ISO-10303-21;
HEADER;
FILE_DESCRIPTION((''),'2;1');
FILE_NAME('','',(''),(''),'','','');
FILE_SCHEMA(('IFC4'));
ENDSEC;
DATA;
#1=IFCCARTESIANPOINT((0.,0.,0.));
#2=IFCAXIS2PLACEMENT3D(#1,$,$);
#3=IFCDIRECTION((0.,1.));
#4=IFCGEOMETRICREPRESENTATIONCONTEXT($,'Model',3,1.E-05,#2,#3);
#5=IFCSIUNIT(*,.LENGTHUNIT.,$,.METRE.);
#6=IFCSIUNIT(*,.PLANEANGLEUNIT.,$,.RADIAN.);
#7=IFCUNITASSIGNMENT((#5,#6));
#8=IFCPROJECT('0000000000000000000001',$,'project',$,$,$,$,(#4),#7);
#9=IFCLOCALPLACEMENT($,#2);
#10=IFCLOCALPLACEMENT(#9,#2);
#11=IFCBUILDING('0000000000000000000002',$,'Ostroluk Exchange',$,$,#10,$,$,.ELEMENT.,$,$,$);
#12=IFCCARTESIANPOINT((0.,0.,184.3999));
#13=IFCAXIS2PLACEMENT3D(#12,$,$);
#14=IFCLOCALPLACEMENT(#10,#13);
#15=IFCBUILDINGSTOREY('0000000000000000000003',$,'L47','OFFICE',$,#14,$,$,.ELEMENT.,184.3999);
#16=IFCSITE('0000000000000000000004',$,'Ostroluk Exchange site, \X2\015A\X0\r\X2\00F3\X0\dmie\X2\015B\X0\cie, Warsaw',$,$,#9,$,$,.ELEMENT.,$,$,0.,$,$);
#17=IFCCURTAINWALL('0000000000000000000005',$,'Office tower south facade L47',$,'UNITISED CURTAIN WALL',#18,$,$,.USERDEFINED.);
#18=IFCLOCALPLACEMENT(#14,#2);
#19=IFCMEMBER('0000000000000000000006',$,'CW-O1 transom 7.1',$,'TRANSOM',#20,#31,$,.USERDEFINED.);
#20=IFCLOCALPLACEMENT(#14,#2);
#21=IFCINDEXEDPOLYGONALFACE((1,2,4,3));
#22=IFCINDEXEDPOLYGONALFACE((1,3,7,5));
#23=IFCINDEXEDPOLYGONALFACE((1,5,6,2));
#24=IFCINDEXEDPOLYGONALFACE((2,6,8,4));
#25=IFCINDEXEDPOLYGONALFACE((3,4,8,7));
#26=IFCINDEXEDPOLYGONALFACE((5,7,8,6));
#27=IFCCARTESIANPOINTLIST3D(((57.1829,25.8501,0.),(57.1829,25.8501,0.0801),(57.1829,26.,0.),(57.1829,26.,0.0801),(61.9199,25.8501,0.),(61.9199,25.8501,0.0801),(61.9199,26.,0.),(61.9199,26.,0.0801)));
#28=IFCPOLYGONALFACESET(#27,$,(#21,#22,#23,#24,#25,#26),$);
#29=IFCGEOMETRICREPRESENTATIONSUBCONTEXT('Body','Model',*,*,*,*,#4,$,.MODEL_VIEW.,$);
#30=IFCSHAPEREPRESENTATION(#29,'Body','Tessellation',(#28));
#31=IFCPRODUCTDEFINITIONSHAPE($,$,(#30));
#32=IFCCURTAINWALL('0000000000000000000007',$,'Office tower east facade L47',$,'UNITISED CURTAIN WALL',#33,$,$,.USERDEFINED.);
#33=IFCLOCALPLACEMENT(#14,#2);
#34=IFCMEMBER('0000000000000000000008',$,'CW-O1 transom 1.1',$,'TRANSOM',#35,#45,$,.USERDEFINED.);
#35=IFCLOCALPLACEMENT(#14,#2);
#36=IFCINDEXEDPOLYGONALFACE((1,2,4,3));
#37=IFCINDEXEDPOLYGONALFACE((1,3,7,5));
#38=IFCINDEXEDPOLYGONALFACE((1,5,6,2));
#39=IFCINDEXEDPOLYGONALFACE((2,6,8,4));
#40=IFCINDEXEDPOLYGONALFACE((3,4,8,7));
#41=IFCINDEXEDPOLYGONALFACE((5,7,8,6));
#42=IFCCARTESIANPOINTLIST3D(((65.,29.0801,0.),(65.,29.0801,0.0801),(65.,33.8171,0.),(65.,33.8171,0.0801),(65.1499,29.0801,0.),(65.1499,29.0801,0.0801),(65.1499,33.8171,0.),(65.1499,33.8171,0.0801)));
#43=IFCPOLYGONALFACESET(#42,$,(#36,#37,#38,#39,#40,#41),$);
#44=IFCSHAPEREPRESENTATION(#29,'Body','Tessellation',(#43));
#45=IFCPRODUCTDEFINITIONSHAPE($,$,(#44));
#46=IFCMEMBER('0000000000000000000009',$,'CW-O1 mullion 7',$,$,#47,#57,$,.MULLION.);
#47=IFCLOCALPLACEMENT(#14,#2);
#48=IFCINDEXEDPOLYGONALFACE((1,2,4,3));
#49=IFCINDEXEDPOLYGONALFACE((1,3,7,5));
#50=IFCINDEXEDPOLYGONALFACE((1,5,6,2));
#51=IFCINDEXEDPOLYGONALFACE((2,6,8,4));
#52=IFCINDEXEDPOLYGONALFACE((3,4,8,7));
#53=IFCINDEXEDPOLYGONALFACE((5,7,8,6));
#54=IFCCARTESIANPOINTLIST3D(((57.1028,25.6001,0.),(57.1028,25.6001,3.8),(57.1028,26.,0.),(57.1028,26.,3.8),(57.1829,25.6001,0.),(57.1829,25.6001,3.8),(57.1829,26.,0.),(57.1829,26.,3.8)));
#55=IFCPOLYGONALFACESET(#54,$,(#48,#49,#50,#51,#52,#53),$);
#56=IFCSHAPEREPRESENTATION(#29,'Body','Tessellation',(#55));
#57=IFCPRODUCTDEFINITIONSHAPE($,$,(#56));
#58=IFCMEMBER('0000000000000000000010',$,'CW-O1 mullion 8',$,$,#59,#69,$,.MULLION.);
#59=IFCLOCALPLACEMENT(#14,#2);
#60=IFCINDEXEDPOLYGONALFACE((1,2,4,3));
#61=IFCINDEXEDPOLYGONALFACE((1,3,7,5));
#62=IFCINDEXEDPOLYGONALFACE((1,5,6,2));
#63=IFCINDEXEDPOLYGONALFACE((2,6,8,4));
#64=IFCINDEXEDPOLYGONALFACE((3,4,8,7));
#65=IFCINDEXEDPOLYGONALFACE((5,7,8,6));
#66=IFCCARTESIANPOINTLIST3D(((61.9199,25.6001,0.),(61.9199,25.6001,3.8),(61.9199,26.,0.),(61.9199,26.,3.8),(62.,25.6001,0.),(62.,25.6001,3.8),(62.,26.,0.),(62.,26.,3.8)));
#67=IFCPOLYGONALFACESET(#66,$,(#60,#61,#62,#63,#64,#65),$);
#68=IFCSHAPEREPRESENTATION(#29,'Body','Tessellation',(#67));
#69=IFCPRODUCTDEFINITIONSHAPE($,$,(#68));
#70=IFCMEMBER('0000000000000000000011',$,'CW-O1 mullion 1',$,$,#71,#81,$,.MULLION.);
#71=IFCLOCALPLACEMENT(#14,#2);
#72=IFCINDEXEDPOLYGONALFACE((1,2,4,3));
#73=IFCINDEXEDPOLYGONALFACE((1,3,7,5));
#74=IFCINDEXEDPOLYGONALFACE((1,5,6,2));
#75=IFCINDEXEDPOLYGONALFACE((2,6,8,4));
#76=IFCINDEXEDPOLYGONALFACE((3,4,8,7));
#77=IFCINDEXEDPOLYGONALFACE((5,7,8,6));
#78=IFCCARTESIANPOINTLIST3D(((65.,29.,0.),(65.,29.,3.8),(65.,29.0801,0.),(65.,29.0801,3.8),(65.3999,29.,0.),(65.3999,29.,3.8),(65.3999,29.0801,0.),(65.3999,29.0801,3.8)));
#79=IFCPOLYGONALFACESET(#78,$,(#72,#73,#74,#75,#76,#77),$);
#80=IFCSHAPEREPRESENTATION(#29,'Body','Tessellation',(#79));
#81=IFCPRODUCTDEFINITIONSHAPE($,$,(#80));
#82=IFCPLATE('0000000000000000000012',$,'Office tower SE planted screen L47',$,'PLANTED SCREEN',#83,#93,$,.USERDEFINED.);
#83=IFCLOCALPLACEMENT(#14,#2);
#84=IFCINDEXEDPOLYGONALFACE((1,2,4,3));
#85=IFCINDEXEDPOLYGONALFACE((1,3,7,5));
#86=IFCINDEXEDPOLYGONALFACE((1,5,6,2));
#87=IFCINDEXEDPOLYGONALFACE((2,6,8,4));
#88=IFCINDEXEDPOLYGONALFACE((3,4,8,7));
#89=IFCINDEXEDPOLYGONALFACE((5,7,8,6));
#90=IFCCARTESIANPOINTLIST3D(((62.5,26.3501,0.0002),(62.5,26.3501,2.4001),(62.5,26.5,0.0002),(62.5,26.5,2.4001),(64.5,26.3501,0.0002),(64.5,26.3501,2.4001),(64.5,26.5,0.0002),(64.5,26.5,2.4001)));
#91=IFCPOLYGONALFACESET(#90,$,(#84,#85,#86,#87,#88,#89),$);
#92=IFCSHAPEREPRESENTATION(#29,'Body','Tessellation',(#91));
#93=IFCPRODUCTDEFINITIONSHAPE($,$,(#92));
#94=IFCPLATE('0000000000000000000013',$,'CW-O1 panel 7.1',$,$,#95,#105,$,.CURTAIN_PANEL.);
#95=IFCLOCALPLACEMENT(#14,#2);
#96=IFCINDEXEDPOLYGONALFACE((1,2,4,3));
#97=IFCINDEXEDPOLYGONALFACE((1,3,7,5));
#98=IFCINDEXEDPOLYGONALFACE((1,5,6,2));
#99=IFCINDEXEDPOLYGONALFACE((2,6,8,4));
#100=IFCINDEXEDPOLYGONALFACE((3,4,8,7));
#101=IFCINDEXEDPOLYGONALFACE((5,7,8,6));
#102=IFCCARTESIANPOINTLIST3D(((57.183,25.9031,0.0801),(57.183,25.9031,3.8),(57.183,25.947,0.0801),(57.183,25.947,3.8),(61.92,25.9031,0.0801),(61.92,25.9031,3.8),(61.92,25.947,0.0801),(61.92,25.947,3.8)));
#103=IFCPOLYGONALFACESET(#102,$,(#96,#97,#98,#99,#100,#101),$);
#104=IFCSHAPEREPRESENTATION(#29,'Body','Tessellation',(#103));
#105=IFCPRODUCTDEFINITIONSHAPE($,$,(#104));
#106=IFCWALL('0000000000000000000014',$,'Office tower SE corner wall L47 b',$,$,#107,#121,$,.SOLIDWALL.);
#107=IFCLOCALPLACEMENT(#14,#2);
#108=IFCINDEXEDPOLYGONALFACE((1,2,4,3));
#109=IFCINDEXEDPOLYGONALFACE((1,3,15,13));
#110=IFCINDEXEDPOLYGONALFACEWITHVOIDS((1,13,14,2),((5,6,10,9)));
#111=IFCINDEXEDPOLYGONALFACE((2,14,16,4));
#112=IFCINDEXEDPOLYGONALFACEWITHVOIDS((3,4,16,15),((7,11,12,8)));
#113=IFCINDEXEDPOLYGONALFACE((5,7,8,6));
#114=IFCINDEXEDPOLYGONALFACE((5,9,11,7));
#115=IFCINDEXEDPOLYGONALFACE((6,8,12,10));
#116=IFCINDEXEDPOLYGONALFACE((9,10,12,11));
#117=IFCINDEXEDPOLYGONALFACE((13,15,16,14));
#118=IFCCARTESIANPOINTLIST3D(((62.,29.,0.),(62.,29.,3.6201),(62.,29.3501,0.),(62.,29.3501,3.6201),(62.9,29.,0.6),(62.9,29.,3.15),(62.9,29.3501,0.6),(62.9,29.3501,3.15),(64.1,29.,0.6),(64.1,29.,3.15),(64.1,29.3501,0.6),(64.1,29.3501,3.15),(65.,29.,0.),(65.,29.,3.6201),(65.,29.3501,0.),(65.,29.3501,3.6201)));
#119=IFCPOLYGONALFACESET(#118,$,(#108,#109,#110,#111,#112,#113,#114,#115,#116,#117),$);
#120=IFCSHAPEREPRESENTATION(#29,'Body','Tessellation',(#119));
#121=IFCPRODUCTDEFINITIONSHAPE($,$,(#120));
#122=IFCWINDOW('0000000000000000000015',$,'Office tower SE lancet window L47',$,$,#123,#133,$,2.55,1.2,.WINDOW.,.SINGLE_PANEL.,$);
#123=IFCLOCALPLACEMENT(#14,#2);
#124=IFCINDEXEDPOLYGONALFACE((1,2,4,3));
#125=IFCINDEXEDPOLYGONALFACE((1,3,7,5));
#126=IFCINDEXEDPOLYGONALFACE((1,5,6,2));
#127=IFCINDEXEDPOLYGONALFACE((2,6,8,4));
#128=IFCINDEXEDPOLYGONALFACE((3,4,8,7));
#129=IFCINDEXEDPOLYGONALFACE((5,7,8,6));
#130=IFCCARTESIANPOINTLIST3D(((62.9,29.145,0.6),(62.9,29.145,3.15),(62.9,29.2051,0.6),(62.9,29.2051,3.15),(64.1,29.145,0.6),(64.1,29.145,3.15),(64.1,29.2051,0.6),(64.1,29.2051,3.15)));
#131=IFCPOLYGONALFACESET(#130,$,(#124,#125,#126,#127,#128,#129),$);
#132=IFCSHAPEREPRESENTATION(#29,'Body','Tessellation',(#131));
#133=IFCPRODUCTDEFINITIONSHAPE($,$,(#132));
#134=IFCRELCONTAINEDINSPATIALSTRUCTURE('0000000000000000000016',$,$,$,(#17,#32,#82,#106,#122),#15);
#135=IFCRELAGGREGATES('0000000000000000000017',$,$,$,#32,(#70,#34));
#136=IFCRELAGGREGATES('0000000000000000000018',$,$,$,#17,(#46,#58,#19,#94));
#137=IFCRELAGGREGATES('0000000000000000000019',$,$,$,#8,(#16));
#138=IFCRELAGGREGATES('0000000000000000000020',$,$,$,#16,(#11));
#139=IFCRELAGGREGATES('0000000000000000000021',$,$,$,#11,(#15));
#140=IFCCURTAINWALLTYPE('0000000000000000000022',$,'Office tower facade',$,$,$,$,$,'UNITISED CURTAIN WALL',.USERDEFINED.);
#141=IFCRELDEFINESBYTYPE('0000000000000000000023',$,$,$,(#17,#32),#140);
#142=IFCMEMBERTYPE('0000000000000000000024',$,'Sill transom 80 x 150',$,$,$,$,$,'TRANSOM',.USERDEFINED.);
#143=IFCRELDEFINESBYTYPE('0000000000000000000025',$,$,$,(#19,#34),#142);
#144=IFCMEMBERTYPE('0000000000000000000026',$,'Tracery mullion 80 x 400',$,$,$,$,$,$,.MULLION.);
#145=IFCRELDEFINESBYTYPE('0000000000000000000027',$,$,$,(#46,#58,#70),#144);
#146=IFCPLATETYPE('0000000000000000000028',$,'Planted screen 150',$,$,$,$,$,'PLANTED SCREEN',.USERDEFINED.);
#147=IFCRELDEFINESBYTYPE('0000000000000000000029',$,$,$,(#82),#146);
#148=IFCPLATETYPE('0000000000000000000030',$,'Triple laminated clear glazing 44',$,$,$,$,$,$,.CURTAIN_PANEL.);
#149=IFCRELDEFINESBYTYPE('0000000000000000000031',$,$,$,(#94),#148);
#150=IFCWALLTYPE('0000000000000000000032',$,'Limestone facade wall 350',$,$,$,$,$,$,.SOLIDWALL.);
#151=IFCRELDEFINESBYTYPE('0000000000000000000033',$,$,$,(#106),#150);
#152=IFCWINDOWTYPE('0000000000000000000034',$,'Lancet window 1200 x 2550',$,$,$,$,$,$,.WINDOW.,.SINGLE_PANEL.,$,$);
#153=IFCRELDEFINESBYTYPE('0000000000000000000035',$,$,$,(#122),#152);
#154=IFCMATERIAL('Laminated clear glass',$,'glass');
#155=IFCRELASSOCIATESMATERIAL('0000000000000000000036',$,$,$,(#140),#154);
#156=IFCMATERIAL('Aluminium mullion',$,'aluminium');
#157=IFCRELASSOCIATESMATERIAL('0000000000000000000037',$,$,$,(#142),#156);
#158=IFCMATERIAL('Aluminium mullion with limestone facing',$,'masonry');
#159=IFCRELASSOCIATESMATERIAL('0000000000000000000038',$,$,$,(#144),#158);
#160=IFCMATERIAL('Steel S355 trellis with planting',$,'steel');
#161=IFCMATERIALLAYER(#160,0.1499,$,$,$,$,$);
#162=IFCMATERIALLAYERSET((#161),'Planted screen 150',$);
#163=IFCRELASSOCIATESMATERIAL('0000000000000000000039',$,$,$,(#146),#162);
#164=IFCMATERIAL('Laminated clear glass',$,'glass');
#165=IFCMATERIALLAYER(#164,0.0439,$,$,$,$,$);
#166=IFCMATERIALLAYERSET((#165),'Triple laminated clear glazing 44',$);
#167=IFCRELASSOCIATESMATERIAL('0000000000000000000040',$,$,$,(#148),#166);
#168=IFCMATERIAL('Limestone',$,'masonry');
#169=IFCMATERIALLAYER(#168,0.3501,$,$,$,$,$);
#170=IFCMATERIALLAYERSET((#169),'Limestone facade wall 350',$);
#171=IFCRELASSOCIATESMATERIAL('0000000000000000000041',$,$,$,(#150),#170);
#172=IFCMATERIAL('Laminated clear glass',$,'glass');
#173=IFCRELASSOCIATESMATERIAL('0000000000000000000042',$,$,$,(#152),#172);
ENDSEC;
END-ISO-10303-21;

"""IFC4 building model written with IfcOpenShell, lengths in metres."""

from ifc_helpers import new_model, si_unit, direction, frame, frame_2d, origin, origin_2d, place, context, subcontext, project, spatial, rectangle, extrude, material, layer, layer_set, material_profile, profile_set, type_object, element, fill, aggregate, save


model = new_model("IFC4")

# Units and contexts
model_context = context("Model", 3, precision=1e-05, world=origin(), true_north=direction((0.0, 1.0)))
body_context = subcontext(model_context, "Body", "Model", "MODEL_VIEW")
ifc_project = project(units=[si_unit("LENGTHUNIT", "METRE"), si_unit("PLANEANGLEUNIT", "RADIAN")], contexts=[model_context])

# Site, building, storey
site_placement = place(None, origin())
site = spatial("IfcSite", under=ifc_project, at=site_placement, Name="Ostroluk Exchange site, Śródmieście, Warsaw", CompositionType="ELEMENT", RefElevation=0.0)
building_placement = place(site_placement, origin())
building = spatial("IfcBuilding", under=site, at=building_placement, Name="Ostroluk Exchange", CompositionType="ELEMENT")
storey_placement = place(building_placement, frame((0.0, 0.0, 184.3999)))
storey = spatial("IfcBuildingStorey", under=building, at=storey_placement, Name="L47", Description="OFFICE", CompositionType="ELEMENT", Elevation=184.3999)

# Curtain walls, members
ifc_material_1 = material(Name="Laminated clear glass", Category="glass")
curtain_wall_type = type_object("IfcCurtainWallType", Name="Office tower facade", ElementType="UNITISED CURTAIN WALL", PredefinedType="USERDEFINED", material=ifc_material_1)
curtain_wall_1_placement = place(storey_placement, origin())
curtain_wall_1 = element("IfcCurtainWall", 1, at=curtain_wall_1_placement, inside=storey, type_object=curtain_wall_type, Name="Office tower south facade L47", ObjectType="UNITISED CURTAIN WALL", PredefinedType="USERDEFINED")
ifc_material_2 = material(Name="Aluminium mullion", Category="aluminium")
ifc_material_profile_1 = material_profile(ifc_material_2, rectangle(XDim=0.1499, YDim=0.0801, at=origin_2d()), Name="Sill transom 80 x 150")
ifc_profile_set_1 = profile_set([ifc_material_profile_1], Name="Aluminium mullion")
member_type_1 = type_object("IfcMemberType", Name="Sill transom 80 x 150", ElementType="TRANSOM", PredefinedType="USERDEFINED", material=ifc_profile_set_1)
member_1_placement = place(storey_placement, frame((57.1829, 25.925, 0.04), z_axis=(1.0, 0.0, 0.0), x_axis=(0.0, 1.0, 0.0)))
member_1 = element("IfcMember", 2, at=member_1_placement, type_object=member_type_1, Name="CW-O1 transom 7.1", ObjectType="TRANSOM", PredefinedType="USERDEFINED", context=body_context, shape_type="SweptSolid", body=[
    extrude(rectangle(XDim=0.1499, YDim=0.0801, at=origin_2d()), origin(), (0.0, 0.0, 1.0), 4.7371),
])
curtain_wall_2_placement = place(storey_placement, origin())
curtain_wall_2 = element("IfcCurtainWall", 3, at=curtain_wall_2_placement, inside=storey, type_object=curtain_wall_type, Name="Office tower east facade L47", ObjectType="UNITISED CURTAIN WALL", PredefinedType="USERDEFINED")
member_2_placement = place(storey_placement, frame((65.075, 29.0801, 0.04), z_axis=(0.0, 1.0, 0.0), x_axis=(-1.0, 0.0, 0.0)))
member_2 = element("IfcMember", 4, at=member_2_placement, type_object=member_type_1, Name="CW-O1 transom 1.1", ObjectType="TRANSOM", PredefinedType="USERDEFINED", context=body_context, shape_type="SweptSolid", body=[
    extrude(rectangle(XDim=0.1499, YDim=0.0801, at=origin_2d()), origin(), (0.0, 0.0, 1.0), 4.7371),
])

# Members
ifc_material_3 = material(Name="Aluminium mullion with limestone facing", Category="masonry")
ifc_material_profile_2 = material_profile(ifc_material_3, rectangle(XDim=0.3999, YDim=0.0801, at=origin_2d()), Name="Tracery mullion 80 x 400")
ifc_profile_set_2 = profile_set([ifc_material_profile_2], Name="Aluminium mullion with limestone facing")
member_type_2 = type_object("IfcMemberType", Name="Tracery mullion 80 x 400", PredefinedType="MULLION", material=ifc_profile_set_2)
member_3_placement = place(storey_placement, frame((57.1428, 25.8, 0.0), z_axis=(0.0, 0.0, 1.0), x_axis=(0.0, 1.0, 0.0)))
member_3 = element("IfcMember", 5, at=member_3_placement, type_object=member_type_2, Name="CW-O1 mullion 7", PredefinedType="MULLION", context=body_context, shape_type="SweptSolid", body=[
    extrude(rectangle(XDim=0.3999, YDim=0.0801, at=origin_2d()), origin(), (0.0, 0.0, 1.0), 3.8),
])
member_4_placement = place(storey_placement, frame((61.96, 25.8, 0.0), z_axis=(0.0, 0.0, 1.0), x_axis=(0.0, 1.0, 0.0)))
member_4 = element("IfcMember", 6, at=member_4_placement, type_object=member_type_2, Name="CW-O1 mullion 8", PredefinedType="MULLION", context=body_context, shape_type="SweptSolid", body=[
    extrude(rectangle(XDim=0.3999, YDim=0.0801, at=origin_2d()), origin(), (0.0, 0.0, 1.0), 3.8),
])
member_5_placement = place(storey_placement, frame((65.2, 29.04, 0.0), z_axis=(0.0, 0.0, 1.0), x_axis=(-1.0, 0.0, 0.0)))
member_5 = element("IfcMember", 7, at=member_5_placement, type_object=member_type_2, Name="CW-O1 mullion 1", PredefinedType="MULLION", context=body_context, shape_type="SweptSolid", body=[
    extrude(rectangle(XDim=0.3999, YDim=0.0801, at=origin_2d()), origin(), (0.0, 0.0, 1.0), 3.8),
])
aggregate(curtain_wall_2, [member_5, member_2])

# Plates
ifc_material_4 = material(Name="Steel S355 trellis with planting", Category="steel")
ifc_layer_1 = layer(ifc_material_4, 0.1499)
ifc_layer_set_1 = layer_set([ifc_layer_1], Name="Planted screen 150")
plate_type_1 = type_object("IfcPlateType", Name="Planted screen 150", ElementType="PLANTED SCREEN", PredefinedType="USERDEFINED", material=ifc_layer_set_1)
plate_1_placement = place(storey_placement, frame((63.5, 26.425, 0.0002), z_axis=(0.0, 0.0, 1.0), x_axis=(1.0, 0.0, 0.0)))
element("IfcPlate", 8, at=plate_1_placement, inside=storey, type_object=plate_type_1, Name="Office tower SE planted screen L47", ObjectType="PLANTED SCREEN", PredefinedType="USERDEFINED", context=body_context, shape_type="SweptSolid", body=[
    extrude(rectangle(XDim=2.0, YDim=0.1499, at=origin_2d()), origin(), (0.0, 0.0, 1.0), 2.3999),
])
ifc_material_5 = material(Name="Laminated clear glass", Category="glass")
ifc_layer_2 = layer(ifc_material_5, 0.0439)
ifc_layer_set_2 = layer_set([ifc_layer_2], Name="Triple laminated clear glazing 44")
plate_type_2 = type_object("IfcPlateType", Name="Triple laminated clear glazing 44", PredefinedType="CURTAIN_PANEL", material=ifc_layer_set_2)
plate_2_placement = place(storey_placement, frame((59.5515, 25.925, 0.0801), z_axis=(0.0, 0.0, 1.0), x_axis=(1.0, 0.0, 0.0)))
plate_2 = element("IfcPlate", 9, at=plate_2_placement, type_object=plate_type_2, Name="CW-O1 panel 7.1", PredefinedType="CURTAIN_PANEL", context=body_context, shape_type="SweptSolid", body=[
    extrude(rectangle(XDim=4.7371, YDim=0.0439, at=origin_2d()), origin(), (0.0, 0.0, 1.0), 3.72),
])
aggregate(curtain_wall_1, [member_3, member_4, member_1, plate_2])

# Shared definitions
ifc_material_6 = material(Name="Limestone", Category="masonry")
ifc_layer_3 = layer(ifc_material_6, 0.3501)
ifc_layer_set_3 = layer_set([ifc_layer_3], Name="Limestone facade wall 350")
wall_type = type_object("IfcWallType", Name="Limestone facade wall 350", PredefinedType="SOLIDWALL", material=ifc_layer_set_3)

# Wall, opening, window
wall_1_placement = place(storey_placement, frame((62.0, 29.175, 0.0), z_axis=(0.0, 0.0, 1.0), x_axis=(1.0, 0.0, 0.0)))
wall_1 = element("IfcWall", 10, at=wall_1_placement, inside=storey, type_object=wall_type, Name="Office tower SE corner wall L47 b", PredefinedType="SOLIDWALL", context=body_context, shape_type="SweptSolid", body=[
    extrude(rectangle(XDim=3.0, YDim=0.3501, at=frame_2d((1.5, 0.0))), origin(), (0.0, 0.0, 1.0), 3.6201),
])
opening_1_placement = place(wall_1_placement, frame((0.8999, 0.0, 0.6001)))
opening_1 = element("IfcOpeningElement", 11, at=opening_1_placement, cuts=wall_1, PredefinedType="OPENING", context=body_context, shape_type="SweptSolid", body=[
    extrude(rectangle(XDim=1.2, YDim=2.55, at=frame_2d((0.6001, 1.2749))), frame((0.0, 0.1851, 0.0), z_axis=(0.0, -1.0, 0.0), x_axis=(1.0, 0.0, 0.0)), (0.0, 0.0, 1.0), 0.3701),
])
ifc_material_7 = material(Name="Laminated clear glass", Category="glass")
window_type = type_object("IfcWindowType", Name="Lancet window 1200 x 2550", PartitioningType="SINGLE_PANEL", PredefinedType="WINDOW", material=ifc_material_7)
window_placement = place(opening_1_placement, origin())
window = element("IfcWindow", 12, at=window_placement, inside=storey, type_object=window_type, Name="Office tower SE lancet window L47", OverallHeight=2.55, OverallWidth=1.2, PartitioningType="SINGLE_PANEL", PredefinedType="WINDOW", context=body_context, shape_type="SweptSolid", body=[
    extrude(rectangle(XDim=1.2, YDim=2.55, at=frame_2d((0.6001, 1.2749))), frame((0.0, 0.03, 0.0), z_axis=(0.0, -1.0, 0.0), x_axis=(1.0, 0.0, 0.0)), (0.0, 0.0, 1.0), 0.0601),
])
fill(opening_1, window)

save(model, "model.ifc")
